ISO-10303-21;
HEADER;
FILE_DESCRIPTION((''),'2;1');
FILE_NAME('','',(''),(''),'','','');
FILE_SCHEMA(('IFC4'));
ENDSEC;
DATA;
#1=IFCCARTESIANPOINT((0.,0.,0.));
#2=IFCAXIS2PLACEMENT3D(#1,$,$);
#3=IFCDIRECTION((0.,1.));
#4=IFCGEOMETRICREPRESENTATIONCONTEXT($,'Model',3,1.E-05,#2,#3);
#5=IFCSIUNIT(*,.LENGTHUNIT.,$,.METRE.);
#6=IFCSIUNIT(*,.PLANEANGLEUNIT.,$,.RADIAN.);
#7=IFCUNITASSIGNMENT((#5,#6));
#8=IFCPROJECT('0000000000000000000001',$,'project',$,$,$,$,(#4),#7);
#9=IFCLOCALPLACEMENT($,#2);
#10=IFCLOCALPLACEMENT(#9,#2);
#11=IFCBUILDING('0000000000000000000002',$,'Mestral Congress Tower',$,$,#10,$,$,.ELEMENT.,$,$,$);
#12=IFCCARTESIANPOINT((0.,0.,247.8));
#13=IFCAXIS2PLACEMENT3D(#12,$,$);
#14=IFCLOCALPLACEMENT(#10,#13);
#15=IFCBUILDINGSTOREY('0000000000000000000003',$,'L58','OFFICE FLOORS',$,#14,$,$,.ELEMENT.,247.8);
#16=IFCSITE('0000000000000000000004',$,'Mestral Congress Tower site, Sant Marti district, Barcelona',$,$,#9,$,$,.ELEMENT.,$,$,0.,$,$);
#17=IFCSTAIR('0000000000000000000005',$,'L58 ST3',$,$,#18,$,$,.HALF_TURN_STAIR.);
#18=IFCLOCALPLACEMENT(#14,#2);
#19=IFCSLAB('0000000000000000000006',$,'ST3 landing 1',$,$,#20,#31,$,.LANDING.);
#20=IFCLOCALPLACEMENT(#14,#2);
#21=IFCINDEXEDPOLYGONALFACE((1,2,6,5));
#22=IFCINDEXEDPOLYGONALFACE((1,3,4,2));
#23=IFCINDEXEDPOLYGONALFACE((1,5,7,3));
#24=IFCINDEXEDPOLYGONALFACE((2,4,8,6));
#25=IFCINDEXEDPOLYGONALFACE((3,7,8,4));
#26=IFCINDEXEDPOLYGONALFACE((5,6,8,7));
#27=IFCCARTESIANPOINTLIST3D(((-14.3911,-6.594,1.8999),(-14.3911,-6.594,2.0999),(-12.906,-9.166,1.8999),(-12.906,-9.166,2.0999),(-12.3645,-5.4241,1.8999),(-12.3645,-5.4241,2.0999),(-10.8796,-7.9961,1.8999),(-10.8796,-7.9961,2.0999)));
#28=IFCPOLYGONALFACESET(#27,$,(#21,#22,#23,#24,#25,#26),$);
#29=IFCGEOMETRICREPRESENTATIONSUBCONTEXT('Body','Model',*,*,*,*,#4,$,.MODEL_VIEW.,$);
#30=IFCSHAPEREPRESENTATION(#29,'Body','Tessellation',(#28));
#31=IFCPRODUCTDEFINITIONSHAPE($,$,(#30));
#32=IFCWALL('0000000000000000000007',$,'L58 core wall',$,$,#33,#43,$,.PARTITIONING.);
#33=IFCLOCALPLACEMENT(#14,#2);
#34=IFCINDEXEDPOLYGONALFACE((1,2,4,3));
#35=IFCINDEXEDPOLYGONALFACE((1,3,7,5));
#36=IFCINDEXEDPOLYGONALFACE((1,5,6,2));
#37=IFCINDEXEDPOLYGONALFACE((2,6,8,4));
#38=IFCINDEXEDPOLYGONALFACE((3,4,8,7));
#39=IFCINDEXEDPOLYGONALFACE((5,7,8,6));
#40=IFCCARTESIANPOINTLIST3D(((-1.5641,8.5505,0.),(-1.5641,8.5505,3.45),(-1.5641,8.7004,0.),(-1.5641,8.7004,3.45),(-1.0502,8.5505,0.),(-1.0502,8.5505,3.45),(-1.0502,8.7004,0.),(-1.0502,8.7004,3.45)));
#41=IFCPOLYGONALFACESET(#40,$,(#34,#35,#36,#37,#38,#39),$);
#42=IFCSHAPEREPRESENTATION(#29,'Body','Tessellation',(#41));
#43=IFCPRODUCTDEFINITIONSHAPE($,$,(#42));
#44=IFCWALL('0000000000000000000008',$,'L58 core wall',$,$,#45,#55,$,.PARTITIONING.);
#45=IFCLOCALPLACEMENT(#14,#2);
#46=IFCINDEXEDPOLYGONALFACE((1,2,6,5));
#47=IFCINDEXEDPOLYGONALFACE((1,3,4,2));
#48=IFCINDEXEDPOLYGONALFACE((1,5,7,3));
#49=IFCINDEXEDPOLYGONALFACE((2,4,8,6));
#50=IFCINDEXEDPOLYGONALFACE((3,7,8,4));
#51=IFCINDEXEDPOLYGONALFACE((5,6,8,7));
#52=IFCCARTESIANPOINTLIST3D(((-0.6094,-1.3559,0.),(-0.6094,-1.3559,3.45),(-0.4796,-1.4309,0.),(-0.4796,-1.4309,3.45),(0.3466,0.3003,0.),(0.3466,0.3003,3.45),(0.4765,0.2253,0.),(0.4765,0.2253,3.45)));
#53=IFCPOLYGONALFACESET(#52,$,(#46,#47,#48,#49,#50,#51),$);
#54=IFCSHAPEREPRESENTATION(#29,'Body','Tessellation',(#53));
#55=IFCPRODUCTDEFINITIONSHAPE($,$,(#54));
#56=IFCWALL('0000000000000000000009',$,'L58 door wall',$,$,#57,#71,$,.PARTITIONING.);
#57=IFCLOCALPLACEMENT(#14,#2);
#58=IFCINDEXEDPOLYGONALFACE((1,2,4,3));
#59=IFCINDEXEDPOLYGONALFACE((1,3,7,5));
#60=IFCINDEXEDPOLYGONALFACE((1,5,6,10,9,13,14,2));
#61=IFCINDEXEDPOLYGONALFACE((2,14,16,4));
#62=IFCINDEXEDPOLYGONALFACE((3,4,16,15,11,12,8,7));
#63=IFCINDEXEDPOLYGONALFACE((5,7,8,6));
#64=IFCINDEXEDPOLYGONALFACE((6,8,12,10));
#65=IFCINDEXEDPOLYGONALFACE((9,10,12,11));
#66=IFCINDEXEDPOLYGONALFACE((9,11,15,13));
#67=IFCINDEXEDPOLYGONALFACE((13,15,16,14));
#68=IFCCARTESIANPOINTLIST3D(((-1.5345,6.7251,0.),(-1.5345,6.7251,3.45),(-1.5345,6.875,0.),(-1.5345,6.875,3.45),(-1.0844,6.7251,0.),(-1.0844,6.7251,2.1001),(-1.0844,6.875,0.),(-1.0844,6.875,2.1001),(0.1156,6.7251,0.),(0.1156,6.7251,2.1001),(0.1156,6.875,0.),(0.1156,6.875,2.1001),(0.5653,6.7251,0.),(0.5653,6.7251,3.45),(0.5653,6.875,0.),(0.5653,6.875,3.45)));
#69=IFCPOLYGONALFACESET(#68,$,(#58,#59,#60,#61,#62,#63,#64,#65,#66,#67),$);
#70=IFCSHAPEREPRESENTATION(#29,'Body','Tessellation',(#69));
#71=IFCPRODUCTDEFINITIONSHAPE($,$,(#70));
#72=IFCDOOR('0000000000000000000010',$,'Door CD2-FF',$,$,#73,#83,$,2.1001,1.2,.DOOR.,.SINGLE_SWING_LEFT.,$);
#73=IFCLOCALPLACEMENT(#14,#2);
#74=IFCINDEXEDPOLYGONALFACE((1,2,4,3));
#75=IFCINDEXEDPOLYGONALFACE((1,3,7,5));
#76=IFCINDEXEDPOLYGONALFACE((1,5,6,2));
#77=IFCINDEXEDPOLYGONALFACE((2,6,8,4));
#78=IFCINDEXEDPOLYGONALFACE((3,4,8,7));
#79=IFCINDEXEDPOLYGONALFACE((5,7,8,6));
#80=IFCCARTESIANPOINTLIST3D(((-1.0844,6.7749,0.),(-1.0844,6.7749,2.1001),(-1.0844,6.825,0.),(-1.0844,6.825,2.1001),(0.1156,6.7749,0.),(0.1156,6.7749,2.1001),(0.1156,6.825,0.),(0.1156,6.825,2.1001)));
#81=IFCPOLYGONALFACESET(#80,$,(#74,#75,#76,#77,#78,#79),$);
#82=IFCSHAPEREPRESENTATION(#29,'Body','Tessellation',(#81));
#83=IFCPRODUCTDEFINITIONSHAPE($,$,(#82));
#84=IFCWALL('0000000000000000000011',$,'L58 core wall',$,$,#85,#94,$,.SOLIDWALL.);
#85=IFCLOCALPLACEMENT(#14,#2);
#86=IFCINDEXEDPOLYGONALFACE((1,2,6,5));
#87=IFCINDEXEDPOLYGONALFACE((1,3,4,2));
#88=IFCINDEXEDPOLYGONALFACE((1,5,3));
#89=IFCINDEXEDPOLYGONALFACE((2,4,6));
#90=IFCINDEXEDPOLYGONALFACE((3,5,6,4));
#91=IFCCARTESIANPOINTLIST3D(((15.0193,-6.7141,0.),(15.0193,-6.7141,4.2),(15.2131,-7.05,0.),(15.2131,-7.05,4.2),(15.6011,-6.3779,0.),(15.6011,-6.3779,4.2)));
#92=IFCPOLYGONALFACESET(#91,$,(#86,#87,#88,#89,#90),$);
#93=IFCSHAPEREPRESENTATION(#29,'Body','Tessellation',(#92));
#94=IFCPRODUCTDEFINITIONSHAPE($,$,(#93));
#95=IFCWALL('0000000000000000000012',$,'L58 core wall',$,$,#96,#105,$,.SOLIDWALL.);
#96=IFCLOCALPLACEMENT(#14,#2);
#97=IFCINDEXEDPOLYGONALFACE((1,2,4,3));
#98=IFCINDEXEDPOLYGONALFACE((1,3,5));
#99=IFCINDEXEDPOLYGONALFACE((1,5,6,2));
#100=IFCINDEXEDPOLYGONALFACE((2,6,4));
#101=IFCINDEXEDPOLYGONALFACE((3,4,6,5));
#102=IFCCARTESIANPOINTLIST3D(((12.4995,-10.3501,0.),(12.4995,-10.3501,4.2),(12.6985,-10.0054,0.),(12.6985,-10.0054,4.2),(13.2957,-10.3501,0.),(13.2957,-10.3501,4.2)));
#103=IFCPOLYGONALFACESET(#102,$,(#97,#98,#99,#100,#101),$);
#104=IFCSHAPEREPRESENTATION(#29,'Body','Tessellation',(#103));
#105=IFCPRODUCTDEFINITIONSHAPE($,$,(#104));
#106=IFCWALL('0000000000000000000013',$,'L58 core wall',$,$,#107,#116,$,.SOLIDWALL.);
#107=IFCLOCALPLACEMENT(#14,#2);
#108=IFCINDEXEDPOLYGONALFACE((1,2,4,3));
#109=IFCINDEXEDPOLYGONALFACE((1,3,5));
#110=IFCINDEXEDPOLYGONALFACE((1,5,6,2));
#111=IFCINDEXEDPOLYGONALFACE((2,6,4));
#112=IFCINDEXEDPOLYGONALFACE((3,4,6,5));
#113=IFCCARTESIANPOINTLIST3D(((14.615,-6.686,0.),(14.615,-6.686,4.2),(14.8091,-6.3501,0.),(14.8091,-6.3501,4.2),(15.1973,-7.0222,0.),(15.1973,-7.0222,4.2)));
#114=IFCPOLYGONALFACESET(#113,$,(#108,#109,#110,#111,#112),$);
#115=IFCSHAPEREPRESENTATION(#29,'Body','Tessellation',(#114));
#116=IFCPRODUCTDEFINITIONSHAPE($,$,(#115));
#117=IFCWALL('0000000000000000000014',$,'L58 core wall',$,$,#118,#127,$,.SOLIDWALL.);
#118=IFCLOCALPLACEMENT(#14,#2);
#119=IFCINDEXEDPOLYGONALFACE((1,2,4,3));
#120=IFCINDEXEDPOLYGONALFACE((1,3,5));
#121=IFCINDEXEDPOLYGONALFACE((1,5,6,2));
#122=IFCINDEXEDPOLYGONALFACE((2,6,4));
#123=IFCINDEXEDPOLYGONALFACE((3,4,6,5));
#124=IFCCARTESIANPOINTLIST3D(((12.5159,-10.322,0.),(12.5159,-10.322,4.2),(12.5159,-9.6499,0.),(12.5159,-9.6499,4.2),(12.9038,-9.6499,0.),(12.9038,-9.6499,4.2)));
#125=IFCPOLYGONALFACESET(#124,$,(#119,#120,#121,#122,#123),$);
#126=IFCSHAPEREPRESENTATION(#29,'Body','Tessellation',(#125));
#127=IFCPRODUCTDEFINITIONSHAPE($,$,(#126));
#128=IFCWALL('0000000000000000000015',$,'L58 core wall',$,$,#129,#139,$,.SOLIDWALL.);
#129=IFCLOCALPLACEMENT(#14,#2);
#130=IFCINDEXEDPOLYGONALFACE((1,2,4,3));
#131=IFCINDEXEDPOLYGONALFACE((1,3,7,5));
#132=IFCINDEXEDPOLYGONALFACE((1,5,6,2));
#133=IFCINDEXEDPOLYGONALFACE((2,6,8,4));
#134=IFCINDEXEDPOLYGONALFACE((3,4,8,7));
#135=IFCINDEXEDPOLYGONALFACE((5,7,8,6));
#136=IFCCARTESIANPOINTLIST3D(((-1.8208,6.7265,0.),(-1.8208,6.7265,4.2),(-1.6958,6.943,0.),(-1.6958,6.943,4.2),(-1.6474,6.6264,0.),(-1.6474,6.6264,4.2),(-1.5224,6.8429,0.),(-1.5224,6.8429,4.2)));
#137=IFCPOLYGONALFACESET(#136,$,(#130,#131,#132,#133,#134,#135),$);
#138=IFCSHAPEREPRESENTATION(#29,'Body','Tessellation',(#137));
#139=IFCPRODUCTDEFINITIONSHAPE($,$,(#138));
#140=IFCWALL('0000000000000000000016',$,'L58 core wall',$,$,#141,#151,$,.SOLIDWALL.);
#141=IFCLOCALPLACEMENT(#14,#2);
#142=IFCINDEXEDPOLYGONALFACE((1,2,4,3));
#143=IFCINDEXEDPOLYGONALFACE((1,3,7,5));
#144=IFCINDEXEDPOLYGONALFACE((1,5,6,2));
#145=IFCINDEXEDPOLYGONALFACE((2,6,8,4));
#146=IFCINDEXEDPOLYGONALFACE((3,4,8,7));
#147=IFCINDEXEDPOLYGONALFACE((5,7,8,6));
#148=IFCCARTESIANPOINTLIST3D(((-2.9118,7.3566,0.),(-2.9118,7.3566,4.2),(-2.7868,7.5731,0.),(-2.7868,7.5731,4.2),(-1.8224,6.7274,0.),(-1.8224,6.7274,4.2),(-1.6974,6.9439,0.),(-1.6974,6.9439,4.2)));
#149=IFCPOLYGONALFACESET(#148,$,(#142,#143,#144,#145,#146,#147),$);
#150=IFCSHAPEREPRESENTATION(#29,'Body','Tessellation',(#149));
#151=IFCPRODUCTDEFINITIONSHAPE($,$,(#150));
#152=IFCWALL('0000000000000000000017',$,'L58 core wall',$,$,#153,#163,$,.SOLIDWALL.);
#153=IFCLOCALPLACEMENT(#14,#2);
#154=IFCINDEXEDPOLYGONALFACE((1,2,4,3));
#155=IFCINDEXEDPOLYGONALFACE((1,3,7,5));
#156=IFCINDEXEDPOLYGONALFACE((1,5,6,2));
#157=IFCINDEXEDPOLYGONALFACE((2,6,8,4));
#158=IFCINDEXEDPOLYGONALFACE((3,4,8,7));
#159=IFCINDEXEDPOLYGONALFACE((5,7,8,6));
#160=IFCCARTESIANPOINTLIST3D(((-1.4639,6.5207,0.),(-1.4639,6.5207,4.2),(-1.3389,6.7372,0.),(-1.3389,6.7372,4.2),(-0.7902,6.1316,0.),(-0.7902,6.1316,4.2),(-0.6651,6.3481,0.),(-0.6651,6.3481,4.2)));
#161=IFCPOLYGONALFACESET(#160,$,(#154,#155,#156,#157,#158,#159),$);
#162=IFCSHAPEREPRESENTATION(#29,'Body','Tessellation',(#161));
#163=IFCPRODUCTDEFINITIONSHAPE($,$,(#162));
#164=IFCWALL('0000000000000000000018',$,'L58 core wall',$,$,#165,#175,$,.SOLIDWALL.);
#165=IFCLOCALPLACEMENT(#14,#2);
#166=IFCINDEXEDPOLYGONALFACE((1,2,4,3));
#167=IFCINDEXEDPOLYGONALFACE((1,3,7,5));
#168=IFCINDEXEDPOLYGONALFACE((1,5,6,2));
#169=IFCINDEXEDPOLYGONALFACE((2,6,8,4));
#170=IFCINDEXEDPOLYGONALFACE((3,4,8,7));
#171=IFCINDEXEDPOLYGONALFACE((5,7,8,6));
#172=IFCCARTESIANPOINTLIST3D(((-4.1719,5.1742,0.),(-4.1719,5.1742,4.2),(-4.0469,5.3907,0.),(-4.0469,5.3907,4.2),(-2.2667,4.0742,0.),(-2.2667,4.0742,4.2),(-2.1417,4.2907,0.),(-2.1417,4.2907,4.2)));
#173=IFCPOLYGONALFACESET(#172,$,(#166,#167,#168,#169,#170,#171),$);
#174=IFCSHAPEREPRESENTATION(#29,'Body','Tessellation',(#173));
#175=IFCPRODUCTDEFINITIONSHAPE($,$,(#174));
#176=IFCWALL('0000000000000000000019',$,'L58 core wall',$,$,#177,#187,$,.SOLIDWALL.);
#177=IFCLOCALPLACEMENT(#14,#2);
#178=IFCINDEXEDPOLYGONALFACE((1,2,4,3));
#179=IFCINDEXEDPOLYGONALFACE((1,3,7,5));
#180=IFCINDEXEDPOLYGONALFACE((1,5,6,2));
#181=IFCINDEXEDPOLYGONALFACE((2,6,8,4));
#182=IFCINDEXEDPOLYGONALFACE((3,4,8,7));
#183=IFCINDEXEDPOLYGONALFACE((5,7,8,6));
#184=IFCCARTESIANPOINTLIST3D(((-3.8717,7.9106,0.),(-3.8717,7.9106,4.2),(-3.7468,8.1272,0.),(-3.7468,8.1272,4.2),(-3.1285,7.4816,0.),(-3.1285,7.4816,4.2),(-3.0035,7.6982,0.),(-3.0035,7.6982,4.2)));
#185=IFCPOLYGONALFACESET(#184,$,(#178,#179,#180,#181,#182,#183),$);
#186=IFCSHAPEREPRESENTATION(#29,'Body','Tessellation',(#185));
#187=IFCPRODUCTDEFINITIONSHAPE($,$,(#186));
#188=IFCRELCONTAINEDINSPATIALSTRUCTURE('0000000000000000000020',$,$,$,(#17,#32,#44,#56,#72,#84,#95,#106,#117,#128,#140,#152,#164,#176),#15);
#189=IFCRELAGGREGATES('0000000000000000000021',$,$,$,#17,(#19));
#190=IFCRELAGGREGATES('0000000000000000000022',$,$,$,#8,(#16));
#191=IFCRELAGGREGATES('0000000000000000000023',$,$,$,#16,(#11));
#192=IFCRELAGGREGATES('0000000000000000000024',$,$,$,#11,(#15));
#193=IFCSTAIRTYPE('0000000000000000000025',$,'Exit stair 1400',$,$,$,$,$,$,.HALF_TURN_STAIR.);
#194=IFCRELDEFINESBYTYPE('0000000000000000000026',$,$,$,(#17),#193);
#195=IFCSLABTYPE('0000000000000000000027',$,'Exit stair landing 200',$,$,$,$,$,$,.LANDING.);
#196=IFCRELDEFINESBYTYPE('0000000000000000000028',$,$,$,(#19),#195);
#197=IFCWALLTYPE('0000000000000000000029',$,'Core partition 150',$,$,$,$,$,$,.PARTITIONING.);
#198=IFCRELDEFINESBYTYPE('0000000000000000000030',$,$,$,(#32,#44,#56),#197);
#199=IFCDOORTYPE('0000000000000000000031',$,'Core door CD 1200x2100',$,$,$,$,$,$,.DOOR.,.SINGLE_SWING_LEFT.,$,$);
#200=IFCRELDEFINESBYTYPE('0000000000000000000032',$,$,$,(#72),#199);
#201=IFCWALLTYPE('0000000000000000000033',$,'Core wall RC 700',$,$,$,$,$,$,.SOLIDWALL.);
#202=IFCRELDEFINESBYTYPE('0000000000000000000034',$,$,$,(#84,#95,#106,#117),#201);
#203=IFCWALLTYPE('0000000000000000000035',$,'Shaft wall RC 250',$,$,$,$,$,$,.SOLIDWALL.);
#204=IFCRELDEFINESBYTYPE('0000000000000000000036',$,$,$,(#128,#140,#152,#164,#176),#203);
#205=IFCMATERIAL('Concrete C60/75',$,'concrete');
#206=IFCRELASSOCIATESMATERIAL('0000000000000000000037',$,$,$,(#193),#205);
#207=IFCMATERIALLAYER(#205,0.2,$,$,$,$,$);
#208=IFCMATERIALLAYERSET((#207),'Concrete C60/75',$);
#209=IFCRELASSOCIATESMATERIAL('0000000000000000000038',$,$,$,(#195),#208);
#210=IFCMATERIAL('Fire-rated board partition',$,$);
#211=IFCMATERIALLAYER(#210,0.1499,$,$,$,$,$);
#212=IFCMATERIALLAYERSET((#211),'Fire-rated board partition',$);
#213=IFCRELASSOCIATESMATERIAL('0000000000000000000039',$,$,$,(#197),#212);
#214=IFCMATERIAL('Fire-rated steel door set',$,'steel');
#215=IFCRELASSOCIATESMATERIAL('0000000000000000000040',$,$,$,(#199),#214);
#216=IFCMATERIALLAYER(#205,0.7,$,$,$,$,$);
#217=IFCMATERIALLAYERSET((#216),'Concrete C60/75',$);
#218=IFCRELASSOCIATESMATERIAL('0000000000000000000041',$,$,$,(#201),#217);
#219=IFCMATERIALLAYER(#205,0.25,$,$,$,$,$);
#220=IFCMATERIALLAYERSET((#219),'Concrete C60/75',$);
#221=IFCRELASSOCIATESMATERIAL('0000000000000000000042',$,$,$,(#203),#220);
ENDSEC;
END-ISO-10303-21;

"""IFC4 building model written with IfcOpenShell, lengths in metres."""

from ifc_helpers import new_model, si_unit, direction, frame, frame_2d, origin, place, context, subcontext, project, spatial, polyline, rectangle, outline, extrude, material, layer, layer_set, type_object, element, fill, aggregate, save


model = new_model("IFC4")

# Units and contexts
model_context = context("Model", 3, precision=1e-05, world=origin(), true_north=direction((0.0, 1.0)))
body_context = subcontext(model_context, "Body", "Model", "MODEL_VIEW")
ifc_project = project(units=[si_unit("LENGTHUNIT", "METRE"), si_unit("PLANEANGLEUNIT", "RADIAN")], contexts=[model_context])

# Site, building, storey
site_placement = place(None, origin())
site = spatial("IfcSite", under=ifc_project, at=site_placement, Name="Mestral Congress Tower site, Sant Marti district, Barcelona", CompositionType="ELEMENT", RefElevation=0.0)
building_placement = place(site_placement, origin())
building = spatial("IfcBuilding", under=site, at=building_placement, Name="Mestral Congress Tower", CompositionType="ELEMENT")
storey_placement = place(building_placement, frame((0.0, 0.0, 247.8)))
storey = spatial("IfcBuildingStorey", under=building, at=storey_placement, Name="L58", Description="OFFICE FLOORS", CompositionType="ELEMENT", Elevation=247.8)

# Shared definitions
ifc_material_1 = material(Name="Concrete C60/75", Category="concrete")

# Stair, slab
stair_type = type_object("IfcStairType", Name="Exit stair 1400", PredefinedType="HALF_TURN_STAIR", material=ifc_material_1)
placement_1 = place(storey_placement, origin())
ifc_layer_1 = layer(ifc_material_1, 0.2)
ifc_layer_set_1 = layer_set([ifc_layer_1], Name="Concrete C60/75")
slab_type_1 = type_object("IfcSlabType", Name="Exit stair landing 200", PredefinedType="LANDING", material=ifc_layer_set_1)
placement_2 = place(storey_placement, frame((0.0, 0.0, 1.8999)))
stair_1 = element("IfcStair", 1, at=placement_1, inside=storey, type_object=stair_type, Name="L58 ST3", PredefinedType="HALF_TURN_STAIR")
slab_1 = element("IfcSlab", 2, at=placement_2, type_object=slab_type_1, Name="ST3 landing 1", PredefinedType="LANDING", context=body_context, shape_type="SweptSolid", body=[
    extrude(outline(polyline([(-12.3645, -5.4241), (-10.8796, -7.9961), (-12.906, -9.166), (-14.3911, -6.594), (-12.3645, -5.4241)])), origin(), (0.0, 0.0, 1.0), 0.2),
])
aggregate(stair_1, [slab_1])

# Walls
ifc_material_2 = material(Name="Fire-rated board partition")
ifc_layer_2 = layer(ifc_material_2, 0.1499)
ifc_layer_set_2 = layer_set([ifc_layer_2], Name="Fire-rated board partition")
wall_type_1 = type_object("IfcWallType", Name="Core partition 150", PredefinedType="PARTITIONING", material=ifc_layer_set_2)
wall_1_placement = place(storey_placement, frame((-1.564, 8.6255, 0.0), z_axis=(0.0, 0.0, 1.0), x_axis=(1.0, 0.0, 0.0)))
element("IfcWall", 3, at=wall_1_placement, inside=storey, type_object=wall_type_1, Name="L58 core wall", PredefinedType="PARTITIONING", context=body_context, shape_type="SweptSolid", body=[
    extrude(rectangle(XDim=0.5139, YDim=0.1499, at=frame_2d((0.2568, 0.0))), origin(), (0.0, 0.0, 1.0), 3.45),
])
wall_2_placement = place(storey_placement, frame((-0.5444, -1.3933, 0.0), z_axis=(0.0, 0.0, 1.0), x_axis=(0.499929, 0.866067, 0.0)))
element("IfcWall", 4, at=wall_2_placement, inside=storey, type_object=wall_type_1, Name="L58 core wall", PredefinedType="PARTITIONING", context=body_context, shape_type="SweptSolid", body=[
    extrude(rectangle(XDim=1.9124, YDim=0.1499, at=frame_2d((0.9561, 0.0))), origin(), (0.0, 0.0, 1.0), 3.45),
])

# Wall, opening, door
wall_3_placement = place(storey_placement, frame((-1.5344, 6.8, 0.0), z_axis=(0.0, 0.0, 1.0), x_axis=(1.0, 0.0, 0.0)))
wall_3 = element("IfcWall", 5, at=wall_3_placement, inside=storey, type_object=wall_type_1, Name="L58 door wall", PredefinedType="PARTITIONING", context=body_context, shape_type="SweptSolid", body=[
    extrude(rectangle(XDim=2.0999, YDim=0.1499, at=frame_2d((1.0498, 0.0))), origin(), (0.0, 0.0, 1.0), 3.45),
])
opening_1_placement = place(wall_3_placement, frame((0.45, 0.0, 0.0)))
opening_1 = element("IfcOpeningElement", 6, at=opening_1_placement, cuts=wall_3, PredefinedType="OPENING", context=body_context, shape_type="SweptSolid", body=[
    extrude(rectangle(XDim=1.2, YDim=2.1001, at=frame_2d((0.6001, 1.05))), frame((0.0, 0.085, 0.0), z_axis=(0.0, -1.0, 0.0), x_axis=(1.0, 0.0, 0.0)), (0.0, 0.0, 1.0), 0.1699),
])
ifc_material_3 = material(Name="Fire-rated steel door set", Category="steel")
door_type_1 = type_object("IfcDoorType", Name="Core door CD 1200x2100", OperationType="SINGLE_SWING_LEFT", PredefinedType="DOOR", material=ifc_material_3)
door_1_placement = place(opening_1_placement, origin())
door_1 = element("IfcDoor", 7, at=door_1_placement, inside=storey, type_object=door_type_1, Name="Door CD2-FF", OperationType="SINGLE_SWING_LEFT", OverallHeight=2.1001, OverallWidth=1.2, PredefinedType="DOOR", context=body_context, shape_type="SweptSolid", body=[
    extrude(rectangle(XDim=1.2, YDim=2.1001, at=frame_2d((0.6001, 1.05))), frame((0.0, 0.0249, 0.0), z_axis=(0.0, -1.0, 0.0), x_axis=(1.0, 0.0, 0.0)), (0.0, 0.0, 1.0), 0.05),
])
fill(opening_1, door_1)

# Walls
ifc_layer_3 = layer(ifc_material_1, 0.7)
ifc_layer_set_3 = layer_set([ifc_layer_3], Name="Concrete C60/75")
wall_type_2 = type_object("IfcWallType", Name="Core wall RC 700", PredefinedType="SOLIDWALL", material=ifc_layer_set_3)
element("IfcWall", 8, at=placement_1, inside=storey, type_object=wall_type_2, Name="L58 core wall", PredefinedType="SOLIDWALL", context=body_context, shape_type="SweptSolid", body=[
    extrude(outline(polyline([(15.2131, -7.05), (15.0193, -6.7141), (15.6011, -6.3779), (15.2131, -7.05)])), origin(), (0.0, 0.0, 1.0), 4.2),
])
element("IfcWall", 9, at=placement_1, inside=storey, type_object=wall_type_2, Name="L58 core wall", PredefinedType="SOLIDWALL", context=body_context, shape_type="SweptSolid", body=[
    extrude(outline(polyline([(12.4995, -10.3501), (12.6985, -10.0054), (13.2957, -10.3501), (12.4995, -10.3501)])), origin(), (0.0, 0.0, 1.0), 4.2),
])
element("IfcWall", 10, at=placement_1, inside=storey, type_object=wall_type_2, Name="L58 core wall", PredefinedType="SOLIDWALL", context=body_context, shape_type="SweptSolid", body=[
    extrude(outline(polyline([(14.8091, -6.3501), (15.1973, -7.0222), (14.615, -6.686), (14.8091, -6.3501)])), origin(), (0.0, 0.0, 1.0), 4.2),
])
element("IfcWall", 11, at=placement_1, inside=storey, type_object=wall_type_2, Name="L58 core wall", PredefinedType="SOLIDWALL", context=body_context, shape_type="SweptSolid", body=[
    extrude(outline(polyline([(12.9038, -9.6499), (12.5159, -10.322), (12.5159, -9.6499), (12.9038, -9.6499)])), origin(), (0.0, 0.0, 1.0), 4.2),
])
ifc_layer_4 = layer(ifc_material_1, 0.25)
ifc_layer_set_4 = layer_set([ifc_layer_4], Name="Concrete C60/75")
wall_type_3 = type_object("IfcWallType", Name="Shaft wall RC 250", PredefinedType="SOLIDWALL", material=ifc_layer_set_4)
wall_4_placement = place(storey_placement, frame((-1.7583, 6.8347, 0.0), z_axis=(0.0, 0.0, 1.0), x_axis=(0.865982, -0.500074, 0.0)))
element("IfcWall", 12, at=wall_4_placement, inside=storey, type_object=wall_type_3, Name="L58 core wall", PredefinedType="SOLIDWALL", context=body_context, shape_type="SweptSolid", body=[
    extrude(rectangle(XDim=0.2002, YDim=0.25, at=frame_2d((0.1001, 0.0))), origin(), (0.0, 0.0, 1.0), 4.2),
])
wall_5_placement = place(storey_placement, frame((-1.76, 6.8357, 0.0), z_axis=(0.0, 0.0, 1.0), x_axis=(-0.865953, 0.500126, 0.0)))
element("IfcWall", 13, at=wall_5_placement, inside=storey, type_object=wall_type_3, Name="L58 core wall", PredefinedType="SOLIDWALL", context=body_context, shape_type="SweptSolid", body=[
    extrude(rectangle(XDim=1.2581, YDim=0.25, at=frame_2d((0.6289, 0.0))), origin(), (0.0, 0.0, 1.0), 4.2),
])
wall_6_placement = place(storey_placement, frame((-0.7275, 6.2397, 0.0), z_axis=(0.0, 0.0, 1.0), x_axis=(-0.865956, 0.500121, 0.0)))
element("IfcWall", 14, at=wall_6_placement, inside=storey, type_object=wall_type_3, Name="L58 core wall", PredefinedType="SOLIDWALL", context=body_context, shape_type="SweptSolid", body=[
    extrude(rectangle(XDim=0.7781, YDim=0.25, at=frame_2d((0.3892, 0.0))), origin(), (0.0, 0.0, 1.0), 4.2),
])
wall_7_placement = place(storey_placement, frame((-2.2041, 4.1824, 0.0), z_axis=(0.0, 0.0, 1.0), x_axis=(-0.866008, 0.50003, 0.0)))
element("IfcWall", 15, at=wall_7_placement, inside=storey, type_object=wall_type_3, Name="L58 core wall", PredefinedType="SOLIDWALL", context=body_context, shape_type="SweptSolid", body=[
    extrude(rectangle(XDim=2.2, YDim=0.25, at=frame_2d((1.1001, 0.0))), origin(), (0.0, 0.0, 1.0), 4.2),
])
wall_8_placement = place(storey_placement, frame((-3.0659, 7.5898, 0.0), z_axis=(0.0, 0.0, 1.0), x_axis=(-0.866081, 0.499903, 0.0)))
element("IfcWall", 16, at=wall_8_placement, inside=storey, type_object=wall_type_3, Name="L58 core wall", PredefinedType="SOLIDWALL", context=body_context, shape_type="SweptSolid", body=[
    extrude(rectangle(XDim=0.8582, YDim=0.25, at=frame_2d((0.4292, 0.0))), origin(), (0.0, 0.0, 1.0), 4.2),
])

save(model, "model.ifc")
